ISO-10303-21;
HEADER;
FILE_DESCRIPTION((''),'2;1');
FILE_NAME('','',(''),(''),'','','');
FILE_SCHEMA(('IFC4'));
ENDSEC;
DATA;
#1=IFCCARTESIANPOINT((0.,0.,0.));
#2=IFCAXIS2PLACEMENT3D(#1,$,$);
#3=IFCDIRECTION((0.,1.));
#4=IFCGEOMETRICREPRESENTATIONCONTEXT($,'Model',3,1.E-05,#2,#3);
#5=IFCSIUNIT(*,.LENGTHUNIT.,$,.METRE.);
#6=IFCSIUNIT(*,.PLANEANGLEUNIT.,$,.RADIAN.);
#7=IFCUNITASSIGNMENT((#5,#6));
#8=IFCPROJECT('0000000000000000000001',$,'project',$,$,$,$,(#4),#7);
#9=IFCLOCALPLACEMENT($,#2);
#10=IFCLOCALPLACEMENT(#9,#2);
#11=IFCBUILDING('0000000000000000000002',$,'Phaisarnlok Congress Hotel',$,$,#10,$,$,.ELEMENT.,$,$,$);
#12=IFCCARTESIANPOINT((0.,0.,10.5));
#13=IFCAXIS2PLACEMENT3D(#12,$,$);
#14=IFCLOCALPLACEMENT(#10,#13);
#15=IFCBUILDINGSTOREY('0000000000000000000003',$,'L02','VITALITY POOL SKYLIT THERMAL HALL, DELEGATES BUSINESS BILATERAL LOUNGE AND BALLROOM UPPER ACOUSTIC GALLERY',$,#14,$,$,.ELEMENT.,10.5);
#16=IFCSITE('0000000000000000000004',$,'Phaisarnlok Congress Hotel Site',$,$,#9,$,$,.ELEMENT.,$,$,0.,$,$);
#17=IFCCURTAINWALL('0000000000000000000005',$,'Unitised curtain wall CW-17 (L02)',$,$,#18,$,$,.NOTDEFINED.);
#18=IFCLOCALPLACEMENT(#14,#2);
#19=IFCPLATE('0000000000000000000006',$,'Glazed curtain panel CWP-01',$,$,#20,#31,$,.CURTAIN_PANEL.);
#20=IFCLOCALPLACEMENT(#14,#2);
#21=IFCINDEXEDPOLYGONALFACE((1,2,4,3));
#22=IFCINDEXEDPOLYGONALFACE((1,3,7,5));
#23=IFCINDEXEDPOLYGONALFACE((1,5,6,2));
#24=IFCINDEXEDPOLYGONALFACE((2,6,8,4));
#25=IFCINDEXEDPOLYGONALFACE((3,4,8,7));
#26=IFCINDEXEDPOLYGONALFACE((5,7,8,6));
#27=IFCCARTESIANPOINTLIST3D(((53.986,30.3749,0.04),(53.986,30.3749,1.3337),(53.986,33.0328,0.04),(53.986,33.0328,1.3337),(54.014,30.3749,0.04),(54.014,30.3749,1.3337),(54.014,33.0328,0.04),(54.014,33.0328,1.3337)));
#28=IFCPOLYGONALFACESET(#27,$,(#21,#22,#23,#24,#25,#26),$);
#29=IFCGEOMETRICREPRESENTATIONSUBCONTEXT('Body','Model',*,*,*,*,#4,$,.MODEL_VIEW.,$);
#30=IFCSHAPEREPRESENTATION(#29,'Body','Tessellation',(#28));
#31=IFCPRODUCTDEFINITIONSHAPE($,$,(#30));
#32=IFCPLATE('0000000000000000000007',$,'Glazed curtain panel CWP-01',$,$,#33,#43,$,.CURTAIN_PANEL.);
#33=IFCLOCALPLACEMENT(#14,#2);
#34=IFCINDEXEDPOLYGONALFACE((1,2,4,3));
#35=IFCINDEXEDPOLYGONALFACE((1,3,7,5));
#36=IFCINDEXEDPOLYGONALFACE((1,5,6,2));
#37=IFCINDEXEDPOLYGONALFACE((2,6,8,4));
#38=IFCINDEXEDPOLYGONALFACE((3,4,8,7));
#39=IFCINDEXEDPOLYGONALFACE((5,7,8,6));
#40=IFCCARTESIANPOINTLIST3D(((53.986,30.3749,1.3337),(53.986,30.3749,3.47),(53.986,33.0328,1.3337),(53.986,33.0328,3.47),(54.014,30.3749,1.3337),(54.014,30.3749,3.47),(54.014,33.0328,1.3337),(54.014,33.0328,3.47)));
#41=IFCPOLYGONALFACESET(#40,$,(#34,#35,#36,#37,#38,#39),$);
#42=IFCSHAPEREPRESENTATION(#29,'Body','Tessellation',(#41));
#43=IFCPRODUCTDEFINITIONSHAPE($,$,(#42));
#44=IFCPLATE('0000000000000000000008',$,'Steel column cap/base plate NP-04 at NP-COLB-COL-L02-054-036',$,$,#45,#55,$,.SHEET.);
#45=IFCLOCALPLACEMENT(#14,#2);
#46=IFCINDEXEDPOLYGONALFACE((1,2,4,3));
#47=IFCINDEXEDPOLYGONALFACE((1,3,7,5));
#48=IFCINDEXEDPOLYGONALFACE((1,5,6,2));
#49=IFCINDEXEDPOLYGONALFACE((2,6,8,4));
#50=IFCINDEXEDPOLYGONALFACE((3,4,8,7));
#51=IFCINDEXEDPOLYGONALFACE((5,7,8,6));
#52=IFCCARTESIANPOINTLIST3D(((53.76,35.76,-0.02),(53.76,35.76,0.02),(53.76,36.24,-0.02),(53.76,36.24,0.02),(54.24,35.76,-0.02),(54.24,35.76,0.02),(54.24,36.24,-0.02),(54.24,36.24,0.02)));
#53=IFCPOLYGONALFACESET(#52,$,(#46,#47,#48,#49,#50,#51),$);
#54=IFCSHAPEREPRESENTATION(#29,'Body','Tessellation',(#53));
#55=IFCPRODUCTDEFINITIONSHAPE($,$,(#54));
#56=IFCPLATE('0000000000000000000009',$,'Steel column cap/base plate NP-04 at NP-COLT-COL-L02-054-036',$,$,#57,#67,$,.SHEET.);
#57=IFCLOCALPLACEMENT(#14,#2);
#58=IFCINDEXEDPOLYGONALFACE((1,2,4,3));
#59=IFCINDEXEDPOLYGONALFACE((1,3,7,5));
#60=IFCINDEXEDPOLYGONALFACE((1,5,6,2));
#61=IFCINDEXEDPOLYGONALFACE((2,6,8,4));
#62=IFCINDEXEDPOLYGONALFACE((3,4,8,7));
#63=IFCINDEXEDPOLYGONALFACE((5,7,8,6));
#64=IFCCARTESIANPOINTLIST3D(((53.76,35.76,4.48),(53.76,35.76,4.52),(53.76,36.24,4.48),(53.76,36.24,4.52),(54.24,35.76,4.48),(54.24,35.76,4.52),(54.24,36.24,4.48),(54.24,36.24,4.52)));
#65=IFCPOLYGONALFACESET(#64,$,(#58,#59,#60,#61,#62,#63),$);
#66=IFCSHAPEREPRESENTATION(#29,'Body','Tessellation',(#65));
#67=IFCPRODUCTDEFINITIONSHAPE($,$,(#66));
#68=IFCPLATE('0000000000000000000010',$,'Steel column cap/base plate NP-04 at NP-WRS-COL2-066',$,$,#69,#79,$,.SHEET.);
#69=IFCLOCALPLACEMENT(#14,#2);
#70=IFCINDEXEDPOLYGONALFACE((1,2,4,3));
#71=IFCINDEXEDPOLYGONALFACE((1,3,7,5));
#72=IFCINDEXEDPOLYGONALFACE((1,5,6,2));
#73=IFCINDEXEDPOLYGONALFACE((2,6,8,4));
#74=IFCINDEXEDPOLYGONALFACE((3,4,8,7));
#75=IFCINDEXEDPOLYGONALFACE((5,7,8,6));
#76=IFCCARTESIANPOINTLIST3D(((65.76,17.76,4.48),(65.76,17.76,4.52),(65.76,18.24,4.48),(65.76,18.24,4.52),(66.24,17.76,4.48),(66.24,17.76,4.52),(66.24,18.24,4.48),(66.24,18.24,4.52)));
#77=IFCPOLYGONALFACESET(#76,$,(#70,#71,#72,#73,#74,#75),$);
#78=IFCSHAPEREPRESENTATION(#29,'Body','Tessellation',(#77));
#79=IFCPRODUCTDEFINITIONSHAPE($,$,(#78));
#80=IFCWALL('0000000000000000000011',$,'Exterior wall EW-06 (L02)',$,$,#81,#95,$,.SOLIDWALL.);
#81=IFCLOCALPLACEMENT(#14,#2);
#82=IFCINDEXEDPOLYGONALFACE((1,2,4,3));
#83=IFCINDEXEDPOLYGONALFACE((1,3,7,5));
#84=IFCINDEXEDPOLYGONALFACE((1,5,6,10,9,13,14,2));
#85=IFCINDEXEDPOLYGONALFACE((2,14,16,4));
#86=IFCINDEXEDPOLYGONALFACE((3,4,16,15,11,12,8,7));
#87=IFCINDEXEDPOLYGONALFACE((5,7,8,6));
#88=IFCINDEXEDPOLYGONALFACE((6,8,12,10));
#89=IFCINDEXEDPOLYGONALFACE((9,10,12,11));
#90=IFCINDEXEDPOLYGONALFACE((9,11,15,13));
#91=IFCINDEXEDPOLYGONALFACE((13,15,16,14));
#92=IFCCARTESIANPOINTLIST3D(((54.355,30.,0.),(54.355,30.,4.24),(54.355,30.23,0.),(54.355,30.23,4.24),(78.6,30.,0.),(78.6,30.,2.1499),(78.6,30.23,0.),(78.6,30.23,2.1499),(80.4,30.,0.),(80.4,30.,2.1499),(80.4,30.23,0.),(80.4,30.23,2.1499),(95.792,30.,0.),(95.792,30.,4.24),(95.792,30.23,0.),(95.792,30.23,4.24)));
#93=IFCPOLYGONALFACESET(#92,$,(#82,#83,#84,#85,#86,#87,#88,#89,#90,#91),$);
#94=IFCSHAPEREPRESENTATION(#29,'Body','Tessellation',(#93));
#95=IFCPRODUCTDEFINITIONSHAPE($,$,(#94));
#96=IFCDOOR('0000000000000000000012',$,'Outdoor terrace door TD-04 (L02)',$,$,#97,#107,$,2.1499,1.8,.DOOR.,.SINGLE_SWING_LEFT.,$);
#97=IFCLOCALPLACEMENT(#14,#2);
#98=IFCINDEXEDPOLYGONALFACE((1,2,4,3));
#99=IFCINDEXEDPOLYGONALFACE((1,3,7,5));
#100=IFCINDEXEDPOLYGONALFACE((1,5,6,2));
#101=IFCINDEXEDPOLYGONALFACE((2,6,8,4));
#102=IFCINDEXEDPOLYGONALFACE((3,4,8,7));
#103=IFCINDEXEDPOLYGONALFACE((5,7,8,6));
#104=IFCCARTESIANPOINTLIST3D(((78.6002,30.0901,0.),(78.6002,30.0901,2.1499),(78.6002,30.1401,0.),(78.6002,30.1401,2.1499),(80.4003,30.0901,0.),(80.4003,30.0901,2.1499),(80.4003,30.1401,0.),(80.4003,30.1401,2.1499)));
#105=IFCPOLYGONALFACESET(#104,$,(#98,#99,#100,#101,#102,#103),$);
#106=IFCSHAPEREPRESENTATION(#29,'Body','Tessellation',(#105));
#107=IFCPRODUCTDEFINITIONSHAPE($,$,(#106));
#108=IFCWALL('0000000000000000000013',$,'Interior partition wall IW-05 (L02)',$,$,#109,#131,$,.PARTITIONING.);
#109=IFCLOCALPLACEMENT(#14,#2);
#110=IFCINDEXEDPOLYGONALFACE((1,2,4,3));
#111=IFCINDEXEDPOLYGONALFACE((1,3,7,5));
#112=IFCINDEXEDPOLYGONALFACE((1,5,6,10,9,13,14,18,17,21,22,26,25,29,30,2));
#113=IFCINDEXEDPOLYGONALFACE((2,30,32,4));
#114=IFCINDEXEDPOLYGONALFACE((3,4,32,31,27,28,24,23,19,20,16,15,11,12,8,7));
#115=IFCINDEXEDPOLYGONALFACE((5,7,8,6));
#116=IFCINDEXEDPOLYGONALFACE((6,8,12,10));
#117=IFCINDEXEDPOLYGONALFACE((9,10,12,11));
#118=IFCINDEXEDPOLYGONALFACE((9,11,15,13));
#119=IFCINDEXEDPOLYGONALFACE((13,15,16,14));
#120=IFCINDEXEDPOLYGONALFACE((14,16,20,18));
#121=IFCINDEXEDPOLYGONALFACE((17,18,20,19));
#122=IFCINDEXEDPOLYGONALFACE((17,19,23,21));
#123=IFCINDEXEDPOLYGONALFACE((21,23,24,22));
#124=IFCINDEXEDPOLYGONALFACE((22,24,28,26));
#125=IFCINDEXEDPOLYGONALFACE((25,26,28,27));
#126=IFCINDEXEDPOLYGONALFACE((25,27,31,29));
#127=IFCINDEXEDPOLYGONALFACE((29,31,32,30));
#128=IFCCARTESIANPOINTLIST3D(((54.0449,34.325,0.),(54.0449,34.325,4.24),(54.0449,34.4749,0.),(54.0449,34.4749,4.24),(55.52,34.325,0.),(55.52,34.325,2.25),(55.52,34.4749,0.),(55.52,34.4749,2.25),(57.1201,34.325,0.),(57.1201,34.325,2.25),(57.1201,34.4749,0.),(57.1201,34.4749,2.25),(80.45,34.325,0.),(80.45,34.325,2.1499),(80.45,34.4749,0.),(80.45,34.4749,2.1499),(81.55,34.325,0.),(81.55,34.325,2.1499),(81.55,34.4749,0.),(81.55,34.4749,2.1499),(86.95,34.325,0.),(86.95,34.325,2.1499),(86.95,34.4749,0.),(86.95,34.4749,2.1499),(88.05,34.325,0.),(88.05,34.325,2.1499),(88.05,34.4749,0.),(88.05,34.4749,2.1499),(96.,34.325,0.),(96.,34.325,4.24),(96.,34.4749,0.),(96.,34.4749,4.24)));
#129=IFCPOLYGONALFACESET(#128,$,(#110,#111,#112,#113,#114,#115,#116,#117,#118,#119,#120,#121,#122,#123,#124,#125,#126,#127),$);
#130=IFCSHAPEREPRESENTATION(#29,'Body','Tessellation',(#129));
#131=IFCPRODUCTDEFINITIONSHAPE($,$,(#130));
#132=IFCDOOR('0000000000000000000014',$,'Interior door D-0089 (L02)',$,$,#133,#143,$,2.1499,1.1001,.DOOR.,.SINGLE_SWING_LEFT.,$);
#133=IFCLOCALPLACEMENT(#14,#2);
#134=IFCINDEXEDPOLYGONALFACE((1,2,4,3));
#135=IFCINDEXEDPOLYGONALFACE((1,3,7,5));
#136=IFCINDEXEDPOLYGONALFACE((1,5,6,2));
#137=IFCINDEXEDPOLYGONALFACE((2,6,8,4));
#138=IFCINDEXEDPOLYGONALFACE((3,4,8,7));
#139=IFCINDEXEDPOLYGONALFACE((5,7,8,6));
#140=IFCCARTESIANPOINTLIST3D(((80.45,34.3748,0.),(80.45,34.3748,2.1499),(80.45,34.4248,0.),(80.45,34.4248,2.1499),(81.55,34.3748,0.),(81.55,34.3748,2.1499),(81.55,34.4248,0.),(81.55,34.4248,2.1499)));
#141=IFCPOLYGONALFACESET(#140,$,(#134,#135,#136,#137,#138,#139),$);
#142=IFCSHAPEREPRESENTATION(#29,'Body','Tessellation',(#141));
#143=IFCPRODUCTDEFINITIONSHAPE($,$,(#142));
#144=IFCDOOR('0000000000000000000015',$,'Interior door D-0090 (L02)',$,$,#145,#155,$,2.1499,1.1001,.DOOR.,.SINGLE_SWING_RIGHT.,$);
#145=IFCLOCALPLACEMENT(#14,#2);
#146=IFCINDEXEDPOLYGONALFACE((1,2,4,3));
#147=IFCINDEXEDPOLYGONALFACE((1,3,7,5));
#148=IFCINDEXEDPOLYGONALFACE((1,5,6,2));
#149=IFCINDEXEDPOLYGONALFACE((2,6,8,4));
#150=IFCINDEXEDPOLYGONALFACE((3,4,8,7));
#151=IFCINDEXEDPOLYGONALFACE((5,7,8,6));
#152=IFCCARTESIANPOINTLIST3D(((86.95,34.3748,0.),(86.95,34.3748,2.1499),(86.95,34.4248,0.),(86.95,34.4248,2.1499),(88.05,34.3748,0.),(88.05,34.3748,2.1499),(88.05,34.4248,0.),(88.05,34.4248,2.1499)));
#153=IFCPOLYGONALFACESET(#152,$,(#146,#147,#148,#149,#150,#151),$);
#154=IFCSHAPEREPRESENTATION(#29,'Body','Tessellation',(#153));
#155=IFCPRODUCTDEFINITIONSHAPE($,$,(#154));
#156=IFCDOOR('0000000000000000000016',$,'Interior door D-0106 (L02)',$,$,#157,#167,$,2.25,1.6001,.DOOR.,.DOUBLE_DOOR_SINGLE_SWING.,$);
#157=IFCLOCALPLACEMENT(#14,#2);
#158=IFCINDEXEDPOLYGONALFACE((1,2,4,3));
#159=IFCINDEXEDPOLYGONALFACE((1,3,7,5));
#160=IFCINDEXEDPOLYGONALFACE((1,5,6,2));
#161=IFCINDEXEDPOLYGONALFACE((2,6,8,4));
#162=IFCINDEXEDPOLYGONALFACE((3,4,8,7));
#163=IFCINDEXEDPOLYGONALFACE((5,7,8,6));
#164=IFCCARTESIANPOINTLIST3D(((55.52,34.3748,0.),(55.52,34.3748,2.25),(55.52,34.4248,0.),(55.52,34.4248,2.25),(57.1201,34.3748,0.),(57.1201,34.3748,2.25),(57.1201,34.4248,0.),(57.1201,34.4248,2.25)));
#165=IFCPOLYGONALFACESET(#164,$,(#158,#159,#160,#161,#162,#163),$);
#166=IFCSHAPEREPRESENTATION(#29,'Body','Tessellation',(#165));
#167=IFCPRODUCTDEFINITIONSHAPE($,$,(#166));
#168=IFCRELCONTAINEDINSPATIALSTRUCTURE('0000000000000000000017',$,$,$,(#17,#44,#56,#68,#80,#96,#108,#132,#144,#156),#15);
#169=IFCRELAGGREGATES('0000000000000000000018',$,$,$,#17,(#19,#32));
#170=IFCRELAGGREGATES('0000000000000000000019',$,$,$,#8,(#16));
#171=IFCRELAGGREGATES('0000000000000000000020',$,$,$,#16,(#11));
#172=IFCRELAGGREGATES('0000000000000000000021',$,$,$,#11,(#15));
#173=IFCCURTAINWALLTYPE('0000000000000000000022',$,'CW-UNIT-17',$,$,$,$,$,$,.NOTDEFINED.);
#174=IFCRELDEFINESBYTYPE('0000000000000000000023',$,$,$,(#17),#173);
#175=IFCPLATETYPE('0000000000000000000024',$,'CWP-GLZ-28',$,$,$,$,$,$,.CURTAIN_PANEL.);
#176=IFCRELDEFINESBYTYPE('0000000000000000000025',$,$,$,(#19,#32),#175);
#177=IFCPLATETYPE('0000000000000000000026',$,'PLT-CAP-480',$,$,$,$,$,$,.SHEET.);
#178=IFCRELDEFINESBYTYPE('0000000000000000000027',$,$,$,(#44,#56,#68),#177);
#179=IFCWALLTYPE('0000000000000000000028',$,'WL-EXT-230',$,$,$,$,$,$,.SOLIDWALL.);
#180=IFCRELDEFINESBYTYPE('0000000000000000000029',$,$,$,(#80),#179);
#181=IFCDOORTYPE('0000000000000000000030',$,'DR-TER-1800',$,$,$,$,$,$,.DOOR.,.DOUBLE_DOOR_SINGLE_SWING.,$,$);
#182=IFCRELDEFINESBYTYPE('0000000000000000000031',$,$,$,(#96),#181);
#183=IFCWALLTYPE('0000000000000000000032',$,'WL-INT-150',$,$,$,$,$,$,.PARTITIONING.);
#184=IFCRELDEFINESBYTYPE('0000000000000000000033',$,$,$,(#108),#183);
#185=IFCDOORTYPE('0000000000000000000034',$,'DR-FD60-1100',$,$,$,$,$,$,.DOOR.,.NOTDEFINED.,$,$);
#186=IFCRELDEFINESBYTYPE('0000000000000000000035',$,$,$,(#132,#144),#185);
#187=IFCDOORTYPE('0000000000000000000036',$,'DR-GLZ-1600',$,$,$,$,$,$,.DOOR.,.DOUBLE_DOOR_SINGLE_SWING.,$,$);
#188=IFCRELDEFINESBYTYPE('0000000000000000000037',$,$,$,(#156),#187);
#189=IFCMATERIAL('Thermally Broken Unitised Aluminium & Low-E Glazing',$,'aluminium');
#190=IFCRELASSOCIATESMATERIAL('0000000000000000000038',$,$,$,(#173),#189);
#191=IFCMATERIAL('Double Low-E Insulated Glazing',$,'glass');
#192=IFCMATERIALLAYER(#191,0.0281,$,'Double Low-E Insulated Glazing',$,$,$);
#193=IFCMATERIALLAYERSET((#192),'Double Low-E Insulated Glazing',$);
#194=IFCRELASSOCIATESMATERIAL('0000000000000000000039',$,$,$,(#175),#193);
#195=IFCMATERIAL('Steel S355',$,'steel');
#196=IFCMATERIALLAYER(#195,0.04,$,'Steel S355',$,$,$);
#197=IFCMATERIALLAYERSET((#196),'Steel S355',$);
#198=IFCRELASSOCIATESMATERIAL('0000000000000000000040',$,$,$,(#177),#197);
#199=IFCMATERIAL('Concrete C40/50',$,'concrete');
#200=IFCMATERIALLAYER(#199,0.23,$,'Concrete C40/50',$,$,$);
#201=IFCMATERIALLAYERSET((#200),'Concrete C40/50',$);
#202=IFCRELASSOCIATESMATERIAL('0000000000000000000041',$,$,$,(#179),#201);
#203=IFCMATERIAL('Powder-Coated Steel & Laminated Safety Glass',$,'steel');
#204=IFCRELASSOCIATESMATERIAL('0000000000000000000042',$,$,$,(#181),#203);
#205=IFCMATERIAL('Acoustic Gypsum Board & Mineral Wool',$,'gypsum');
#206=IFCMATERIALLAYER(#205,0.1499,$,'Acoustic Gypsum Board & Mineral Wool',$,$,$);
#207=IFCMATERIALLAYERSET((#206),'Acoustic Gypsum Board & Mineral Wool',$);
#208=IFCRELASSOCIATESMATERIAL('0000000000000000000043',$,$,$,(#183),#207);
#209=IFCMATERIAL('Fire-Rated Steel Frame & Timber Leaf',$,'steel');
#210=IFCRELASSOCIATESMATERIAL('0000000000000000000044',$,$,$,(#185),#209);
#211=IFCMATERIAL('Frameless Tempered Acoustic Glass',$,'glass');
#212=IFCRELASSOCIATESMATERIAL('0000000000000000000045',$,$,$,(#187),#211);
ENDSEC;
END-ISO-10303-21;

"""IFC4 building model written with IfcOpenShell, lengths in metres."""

from ifc_helpers import new_model, si_unit, direction, frame, frame_2d, origin, origin_2d, place, context, subcontext, project, spatial, rectangle, extrude, material, layer, layer_set, type_object, element, fill, aggregate, save


model = new_model("IFC4")

# Units and contexts
model_context = context("Model", 3, precision=1e-05, world=origin(), true_north=direction((0.0, 1.0)))
body_context = subcontext(model_context, "Body", "Model", "MODEL_VIEW")
ifc_project = project(units=[si_unit("LENGTHUNIT", "METRE"), si_unit("PLANEANGLEUNIT", "RADIAN")], contexts=[model_context])

# Site, building, storey
site_placement = place(None, origin())
site = spatial("IfcSite", under=ifc_project, at=site_placement, Name="Phaisarnlok Congress Hotel Site", CompositionType="ELEMENT", RefElevation=0.0)
building_placement = place(site_placement, origin())
building = spatial("IfcBuilding", under=site, at=building_placement, Name="Phaisarnlok Congress Hotel", CompositionType="ELEMENT")
storey_placement = place(building_placement, frame((0.0, 0.0, 10.5)))
storey = spatial("IfcBuildingStorey", under=building, at=storey_placement, Name="L02", Description="VITALITY POOL SKYLIT THERMAL HALL, DELEGATES BUSINESS BILATERAL LOUNGE AND BALLROOM UPPER ACOUSTIC GALLERY", CompositionType="ELEMENT", Elevation=10.5)

# Shared definitions
ifc_material_1 = material(Name="Steel S355", Category="steel")

# Curtain wall
ifc_material_2 = material(Name="Thermally Broken Unitised Aluminium & Low-E Glazing", Category="aluminium")
curtain_wall_type = type_object("IfcCurtainWallType", Name="CW-UNIT-17", PredefinedType="NOTDEFINED", material=ifc_material_2)
curtain_wall_placement = place(storey_placement, origin())
curtain_wall = element("IfcCurtainWall", 1, at=curtain_wall_placement, inside=storey, type_object=curtain_wall_type, Name="Unitised curtain wall CW-17 (L02)", PredefinedType="NOTDEFINED")

# Shared definitions
ifc_material_3 = material(Name="Concrete C40/50", Category="concrete")

# Plates
ifc_material_4 = material(Name="Double Low-E Insulated Glazing", Category="glass")
ifc_layer_1 = layer(ifc_material_4, 0.0281, Name="Double Low-E Insulated Glazing")
ifc_layer_set_1 = layer_set([ifc_layer_1], Name="Double Low-E Insulated Glazing")
plate_type_1 = type_object("IfcPlateType", Name="CWP-GLZ-28", PredefinedType="CURTAIN_PANEL", material=ifc_layer_set_1)
plate_1_placement = place(storey_placement, frame((54.0, 33.033, 0.04), z_axis=(0.0, 0.0, 1.0), x_axis=(0.0, -1.0, 0.0)))
plate_1 = element("IfcPlate", 2, at=plate_1_placement, type_object=plate_type_1, Name="Glazed curtain panel CWP-01", PredefinedType="CURTAIN_PANEL", context=body_context, shape_type="SweptSolid", body=[
    extrude(rectangle(XDim=2.658, YDim=0.0281, at=frame_2d((1.3291, 0.0))), origin(), (0.0, 0.0, 1.0), 1.2937),
])
plate_2_placement = place(storey_placement, frame((54.0, 33.033, 1.3337), z_axis=(0.0, 0.0, 1.0), x_axis=(0.0, -1.0, 0.0)))
plate_2 = element("IfcPlate", 3, at=plate_2_placement, type_object=plate_type_1, Name="Glazed curtain panel CWP-01", PredefinedType="CURTAIN_PANEL", context=body_context, shape_type="SweptSolid", body=[
    extrude(rectangle(XDim=2.658, YDim=0.0281, at=frame_2d((1.3291, 0.0))), origin(), (0.0, 0.0, 1.0), 2.1362),
])
aggregate(curtain_wall, [plate_1, plate_2])

# Plates
ifc_layer_2 = layer(ifc_material_1, 0.04, Name="Steel S355")
ifc_layer_set_2 = layer_set([ifc_layer_2], Name="Steel S355")
plate_type_2 = type_object("IfcPlateType", Name="PLT-CAP-480", PredefinedType="SHEET", material=ifc_layer_set_2)
for number, where, z_axis, x_axis, name in (
    (4, (54.0, 36.0, -0.02), (0.0, 0.0, 1.0), (1.0, 0.0, 0.0), "Steel column cap/base plate NP-04 at NP-COLB-COL-L02-054-036"),
    (5, (54.0, 36.0, 4.48), (0.0, 0.0, 1.0), (1.0, 0.0, 0.0), "Steel column cap/base plate NP-04 at NP-COLT-COL-L02-054-036"),
    (6, (66.0, 18.0, 4.48), (0.0, 0.0, 1.0), (1.0, 0.0, 0.0), "Steel column cap/base plate NP-04 at NP-WRS-COL2-066"),
):
    element("IfcPlate", number, at=place(storey_placement, frame(where, z_axis=z_axis, x_axis=x_axis)), inside=storey, type_object=plate_type_2, Name=name, PredefinedType="SHEET", context=body_context, shape_type="SweptSolid", body=[
        extrude(rectangle(XDim=0.48, YDim=0.48, at=origin_2d()), origin(), (0.0, 0.0, 1.0), 0.04),
    ])

# Wall, opening, door
ifc_layer_3 = layer(ifc_material_3, 0.23, Name="Concrete C40/50")
ifc_layer_set_3 = layer_set([ifc_layer_3], Name="Concrete C40/50")
wall_type_1 = type_object("IfcWallType", Name="WL-EXT-230", PredefinedType="SOLIDWALL", material=ifc_layer_set_3)
wall_1_placement = place(storey_placement, frame((54.355, 30.115, 0.0), z_axis=(0.0, 0.0, 1.0), x_axis=(1.0, 0.0, 0.0)))
wall_1 = element("IfcWall", 7, at=wall_1_placement, inside=storey, type_object=wall_type_1, Name="Exterior wall EW-06 (L02)", PredefinedType="SOLIDWALL", context=body_context, shape_type="SweptSolid", body=[
    extrude(rectangle(XDim=41.437, YDim=0.23, at=frame_2d((20.7185, 0.0))), origin(), (0.0, 0.0, 1.0), 4.24),
])
opening_1_placement = place(wall_1_placement, frame((24.2451, 0.0, 0.0)))
opening_1 = element("IfcOpeningElement", 8, at=opening_1_placement, cuts=wall_1, PredefinedType="OPENING", context=body_context, shape_type="SweptSolid", body=[
    extrude(rectangle(XDim=1.8, YDim=2.1499, at=frame_2d((0.8999, 1.075))), frame((0.0, 0.125, 0.0), z_axis=(0.0, -1.0, 0.0), x_axis=(1.0, 0.0, 0.0)), (0.0, 0.0, 1.0), 0.25),
])
ifc_material_5 = material(Name="Powder-Coated Steel & Laminated Safety Glass", Category="steel")
door_type_1 = type_object("IfcDoorType", Name="DR-TER-1800", OperationType="DOUBLE_DOOR_SINGLE_SWING", PredefinedType="DOOR", material=ifc_material_5)
door_1_placement = place(opening_1_placement, frame((1.8, 0.0, 0.0), z_axis=(0.0, 0.0, 1.0), x_axis=(-1.0, 0.0, 0.0)))
door_1 = element("IfcDoor", 9, at=door_1_placement, inside=storey, type_object=door_type_1, Name="Outdoor terrace door TD-04 (L02)", OperationType="SINGLE_SWING_LEFT", OverallHeight=2.1499, OverallWidth=1.8, PredefinedType="DOOR", context=body_context, shape_type="SweptSolid", body=[
    extrude(rectangle(XDim=1.8, YDim=2.1499, at=frame_2d((0.8999, 1.075))), frame((0.0, 0.0249, 0.0), z_axis=(0.0, -1.0, 0.0), x_axis=(1.0, 0.0, 0.0)), (0.0, 0.0, 1.0), 0.05),
])
fill(opening_1, door_1)

# Wall, openings, doors
ifc_material_6 = material(Name="Acoustic Gypsum Board & Mineral Wool", Category="gypsum")
ifc_layer_4 = layer(ifc_material_6, 0.1499, Name="Acoustic Gypsum Board & Mineral Wool")
ifc_layer_set_4 = layer_set([ifc_layer_4], Name="Acoustic Gypsum Board & Mineral Wool")
wall_type_2 = type_object("IfcWallType", Name="WL-INT-150", PredefinedType="PARTITIONING", material=ifc_layer_set_4)
wall_2_placement = place(storey_placement, frame((54.0449, 34.3999, 0.0), z_axis=(0.0, 0.0, 1.0), x_axis=(1.0, 0.0, 0.0)))
wall_2 = element("IfcWall", 10, at=wall_2_placement, inside=storey, type_object=wall_type_2, Name="Interior partition wall IW-05 (L02)", PredefinedType="PARTITIONING", context=body_context, shape_type="SweptSolid", body=[
    extrude(rectangle(XDim=41.9551, YDim=0.1499, at=frame_2d((20.9775, 0.0))), origin(), (0.0, 0.0, 1.0), 4.24),
])
opening_2_placement = place(wall_2_placement, frame((26.405, 0.0, 0.0)))
opening_2 = element("IfcOpeningElement", 11, at=opening_2_placement, cuts=wall_2, PredefinedType="OPENING", context=body_context, shape_type="SweptSolid", body=[
    extrude(rectangle(XDim=1.1001, YDim=2.1499, at=frame_2d((0.55, 1.075))), frame((0.0, 0.085, 0.0), z_axis=(0.0, -1.0, 0.0), x_axis=(1.0, 0.0, 0.0)), (0.0, 0.0, 1.0), 0.1699),
])
opening_3_placement = place(wall_2_placement, frame((32.905, 0.0, 0.0)))
opening_3 = element("IfcOpeningElement", 12, at=opening_3_placement, cuts=wall_2, PredefinedType="OPENING", context=body_context, shape_type="SweptSolid", body=[
    extrude(rectangle(XDim=1.1001, YDim=2.1499, at=frame_2d((0.55, 1.075))), frame((0.0, 0.085, 0.0), z_axis=(0.0, -1.0, 0.0), x_axis=(1.0, 0.0, 0.0)), (0.0, 0.0, 1.0), 0.1699),
])
opening_4_placement = place(wall_2_placement, frame((1.4751, 0.0, 0.0)))
opening_4 = element("IfcOpeningElement", 13, at=opening_4_placement, cuts=wall_2, PredefinedType="OPENING", context=body_context, shape_type="SweptSolid", body=[
    extrude(rectangle(XDim=1.6001, YDim=2.25, at=frame_2d((0.8, 1.125))), frame((0.0, 0.085, 0.0), z_axis=(0.0, -1.0, 0.0), x_axis=(1.0, 0.0, 0.0)), (0.0, 0.0, 1.0), 0.1699),
])
ifc_material_7 = material(Name="Fire-Rated Steel Frame & Timber Leaf", Category="steel")
door_type_2 = type_object("IfcDoorType", Name="DR-FD60-1100", OperationType="NOTDEFINED", PredefinedType="DOOR", material=ifc_material_7)
door_2_placement = place(opening_2_placement, origin())
door_2 = element("IfcDoor", 14, at=door_2_placement, inside=storey, type_object=door_type_2, Name="Interior door D-0089 (L02)", OperationType="SINGLE_SWING_LEFT", OverallHeight=2.1499, OverallWidth=1.1001, PredefinedType="DOOR", context=body_context, shape_type="SweptSolid", body=[
    extrude(rectangle(XDim=1.1001, YDim=2.1499, at=frame_2d((0.55, 1.075))), frame((0.0, 0.0249, 0.0), z_axis=(0.0, -1.0, 0.0), x_axis=(1.0, 0.0, 0.0)), (0.0, 0.0, 1.0), 0.05),
])
fill(opening_2, door_2)
door_3_placement = place(opening_3_placement, origin())
door_3 = element("IfcDoor", 15, at=door_3_placement, inside=storey, type_object=door_type_2, Name="Interior door D-0090 (L02)", OperationType="SINGLE_SWING_RIGHT", OverallHeight=2.1499, OverallWidth=1.1001, PredefinedType="DOOR", context=body_context, shape_type="SweptSolid", body=[
    extrude(rectangle(XDim=1.1001, YDim=2.1499, at=frame_2d((0.55, 1.075))), frame((0.0, 0.0249, 0.0), z_axis=(0.0, -1.0, 0.0), x_axis=(1.0, 0.0, 0.0)), (0.0, 0.0, 1.0), 0.05),
])
fill(opening_3, door_3)
ifc_material_8 = material(Name="Frameless Tempered Acoustic Glass", Category="glass")
door_type_3 = type_object("IfcDoorType", Name="DR-GLZ-1600", OperationType="DOUBLE_DOOR_SINGLE_SWING", PredefinedType="DOOR", material=ifc_material_8)
door_4_placement = place(opening_4_placement, origin())
door_4 = element("IfcDoor", 16, at=door_4_placement, inside=storey, type_object=door_type_3, Name="Interior door D-0106 (L02)", OperationType="DOUBLE_DOOR_SINGLE_SWING", OverallHeight=2.25, OverallWidth=1.6001, PredefinedType="DOOR", context=body_context, shape_type="SweptSolid", body=[
    extrude(rectangle(XDim=1.6001, YDim=2.25, at=frame_2d((0.8, 1.125))), frame((0.0, 0.0249, 0.0), z_axis=(0.0, -1.0, 0.0), x_axis=(1.0, 0.0, 0.0)), (0.0, 0.0, 1.0), 0.05),
])
fill(opening_4, door_4)

save(model, "model.ifc")
